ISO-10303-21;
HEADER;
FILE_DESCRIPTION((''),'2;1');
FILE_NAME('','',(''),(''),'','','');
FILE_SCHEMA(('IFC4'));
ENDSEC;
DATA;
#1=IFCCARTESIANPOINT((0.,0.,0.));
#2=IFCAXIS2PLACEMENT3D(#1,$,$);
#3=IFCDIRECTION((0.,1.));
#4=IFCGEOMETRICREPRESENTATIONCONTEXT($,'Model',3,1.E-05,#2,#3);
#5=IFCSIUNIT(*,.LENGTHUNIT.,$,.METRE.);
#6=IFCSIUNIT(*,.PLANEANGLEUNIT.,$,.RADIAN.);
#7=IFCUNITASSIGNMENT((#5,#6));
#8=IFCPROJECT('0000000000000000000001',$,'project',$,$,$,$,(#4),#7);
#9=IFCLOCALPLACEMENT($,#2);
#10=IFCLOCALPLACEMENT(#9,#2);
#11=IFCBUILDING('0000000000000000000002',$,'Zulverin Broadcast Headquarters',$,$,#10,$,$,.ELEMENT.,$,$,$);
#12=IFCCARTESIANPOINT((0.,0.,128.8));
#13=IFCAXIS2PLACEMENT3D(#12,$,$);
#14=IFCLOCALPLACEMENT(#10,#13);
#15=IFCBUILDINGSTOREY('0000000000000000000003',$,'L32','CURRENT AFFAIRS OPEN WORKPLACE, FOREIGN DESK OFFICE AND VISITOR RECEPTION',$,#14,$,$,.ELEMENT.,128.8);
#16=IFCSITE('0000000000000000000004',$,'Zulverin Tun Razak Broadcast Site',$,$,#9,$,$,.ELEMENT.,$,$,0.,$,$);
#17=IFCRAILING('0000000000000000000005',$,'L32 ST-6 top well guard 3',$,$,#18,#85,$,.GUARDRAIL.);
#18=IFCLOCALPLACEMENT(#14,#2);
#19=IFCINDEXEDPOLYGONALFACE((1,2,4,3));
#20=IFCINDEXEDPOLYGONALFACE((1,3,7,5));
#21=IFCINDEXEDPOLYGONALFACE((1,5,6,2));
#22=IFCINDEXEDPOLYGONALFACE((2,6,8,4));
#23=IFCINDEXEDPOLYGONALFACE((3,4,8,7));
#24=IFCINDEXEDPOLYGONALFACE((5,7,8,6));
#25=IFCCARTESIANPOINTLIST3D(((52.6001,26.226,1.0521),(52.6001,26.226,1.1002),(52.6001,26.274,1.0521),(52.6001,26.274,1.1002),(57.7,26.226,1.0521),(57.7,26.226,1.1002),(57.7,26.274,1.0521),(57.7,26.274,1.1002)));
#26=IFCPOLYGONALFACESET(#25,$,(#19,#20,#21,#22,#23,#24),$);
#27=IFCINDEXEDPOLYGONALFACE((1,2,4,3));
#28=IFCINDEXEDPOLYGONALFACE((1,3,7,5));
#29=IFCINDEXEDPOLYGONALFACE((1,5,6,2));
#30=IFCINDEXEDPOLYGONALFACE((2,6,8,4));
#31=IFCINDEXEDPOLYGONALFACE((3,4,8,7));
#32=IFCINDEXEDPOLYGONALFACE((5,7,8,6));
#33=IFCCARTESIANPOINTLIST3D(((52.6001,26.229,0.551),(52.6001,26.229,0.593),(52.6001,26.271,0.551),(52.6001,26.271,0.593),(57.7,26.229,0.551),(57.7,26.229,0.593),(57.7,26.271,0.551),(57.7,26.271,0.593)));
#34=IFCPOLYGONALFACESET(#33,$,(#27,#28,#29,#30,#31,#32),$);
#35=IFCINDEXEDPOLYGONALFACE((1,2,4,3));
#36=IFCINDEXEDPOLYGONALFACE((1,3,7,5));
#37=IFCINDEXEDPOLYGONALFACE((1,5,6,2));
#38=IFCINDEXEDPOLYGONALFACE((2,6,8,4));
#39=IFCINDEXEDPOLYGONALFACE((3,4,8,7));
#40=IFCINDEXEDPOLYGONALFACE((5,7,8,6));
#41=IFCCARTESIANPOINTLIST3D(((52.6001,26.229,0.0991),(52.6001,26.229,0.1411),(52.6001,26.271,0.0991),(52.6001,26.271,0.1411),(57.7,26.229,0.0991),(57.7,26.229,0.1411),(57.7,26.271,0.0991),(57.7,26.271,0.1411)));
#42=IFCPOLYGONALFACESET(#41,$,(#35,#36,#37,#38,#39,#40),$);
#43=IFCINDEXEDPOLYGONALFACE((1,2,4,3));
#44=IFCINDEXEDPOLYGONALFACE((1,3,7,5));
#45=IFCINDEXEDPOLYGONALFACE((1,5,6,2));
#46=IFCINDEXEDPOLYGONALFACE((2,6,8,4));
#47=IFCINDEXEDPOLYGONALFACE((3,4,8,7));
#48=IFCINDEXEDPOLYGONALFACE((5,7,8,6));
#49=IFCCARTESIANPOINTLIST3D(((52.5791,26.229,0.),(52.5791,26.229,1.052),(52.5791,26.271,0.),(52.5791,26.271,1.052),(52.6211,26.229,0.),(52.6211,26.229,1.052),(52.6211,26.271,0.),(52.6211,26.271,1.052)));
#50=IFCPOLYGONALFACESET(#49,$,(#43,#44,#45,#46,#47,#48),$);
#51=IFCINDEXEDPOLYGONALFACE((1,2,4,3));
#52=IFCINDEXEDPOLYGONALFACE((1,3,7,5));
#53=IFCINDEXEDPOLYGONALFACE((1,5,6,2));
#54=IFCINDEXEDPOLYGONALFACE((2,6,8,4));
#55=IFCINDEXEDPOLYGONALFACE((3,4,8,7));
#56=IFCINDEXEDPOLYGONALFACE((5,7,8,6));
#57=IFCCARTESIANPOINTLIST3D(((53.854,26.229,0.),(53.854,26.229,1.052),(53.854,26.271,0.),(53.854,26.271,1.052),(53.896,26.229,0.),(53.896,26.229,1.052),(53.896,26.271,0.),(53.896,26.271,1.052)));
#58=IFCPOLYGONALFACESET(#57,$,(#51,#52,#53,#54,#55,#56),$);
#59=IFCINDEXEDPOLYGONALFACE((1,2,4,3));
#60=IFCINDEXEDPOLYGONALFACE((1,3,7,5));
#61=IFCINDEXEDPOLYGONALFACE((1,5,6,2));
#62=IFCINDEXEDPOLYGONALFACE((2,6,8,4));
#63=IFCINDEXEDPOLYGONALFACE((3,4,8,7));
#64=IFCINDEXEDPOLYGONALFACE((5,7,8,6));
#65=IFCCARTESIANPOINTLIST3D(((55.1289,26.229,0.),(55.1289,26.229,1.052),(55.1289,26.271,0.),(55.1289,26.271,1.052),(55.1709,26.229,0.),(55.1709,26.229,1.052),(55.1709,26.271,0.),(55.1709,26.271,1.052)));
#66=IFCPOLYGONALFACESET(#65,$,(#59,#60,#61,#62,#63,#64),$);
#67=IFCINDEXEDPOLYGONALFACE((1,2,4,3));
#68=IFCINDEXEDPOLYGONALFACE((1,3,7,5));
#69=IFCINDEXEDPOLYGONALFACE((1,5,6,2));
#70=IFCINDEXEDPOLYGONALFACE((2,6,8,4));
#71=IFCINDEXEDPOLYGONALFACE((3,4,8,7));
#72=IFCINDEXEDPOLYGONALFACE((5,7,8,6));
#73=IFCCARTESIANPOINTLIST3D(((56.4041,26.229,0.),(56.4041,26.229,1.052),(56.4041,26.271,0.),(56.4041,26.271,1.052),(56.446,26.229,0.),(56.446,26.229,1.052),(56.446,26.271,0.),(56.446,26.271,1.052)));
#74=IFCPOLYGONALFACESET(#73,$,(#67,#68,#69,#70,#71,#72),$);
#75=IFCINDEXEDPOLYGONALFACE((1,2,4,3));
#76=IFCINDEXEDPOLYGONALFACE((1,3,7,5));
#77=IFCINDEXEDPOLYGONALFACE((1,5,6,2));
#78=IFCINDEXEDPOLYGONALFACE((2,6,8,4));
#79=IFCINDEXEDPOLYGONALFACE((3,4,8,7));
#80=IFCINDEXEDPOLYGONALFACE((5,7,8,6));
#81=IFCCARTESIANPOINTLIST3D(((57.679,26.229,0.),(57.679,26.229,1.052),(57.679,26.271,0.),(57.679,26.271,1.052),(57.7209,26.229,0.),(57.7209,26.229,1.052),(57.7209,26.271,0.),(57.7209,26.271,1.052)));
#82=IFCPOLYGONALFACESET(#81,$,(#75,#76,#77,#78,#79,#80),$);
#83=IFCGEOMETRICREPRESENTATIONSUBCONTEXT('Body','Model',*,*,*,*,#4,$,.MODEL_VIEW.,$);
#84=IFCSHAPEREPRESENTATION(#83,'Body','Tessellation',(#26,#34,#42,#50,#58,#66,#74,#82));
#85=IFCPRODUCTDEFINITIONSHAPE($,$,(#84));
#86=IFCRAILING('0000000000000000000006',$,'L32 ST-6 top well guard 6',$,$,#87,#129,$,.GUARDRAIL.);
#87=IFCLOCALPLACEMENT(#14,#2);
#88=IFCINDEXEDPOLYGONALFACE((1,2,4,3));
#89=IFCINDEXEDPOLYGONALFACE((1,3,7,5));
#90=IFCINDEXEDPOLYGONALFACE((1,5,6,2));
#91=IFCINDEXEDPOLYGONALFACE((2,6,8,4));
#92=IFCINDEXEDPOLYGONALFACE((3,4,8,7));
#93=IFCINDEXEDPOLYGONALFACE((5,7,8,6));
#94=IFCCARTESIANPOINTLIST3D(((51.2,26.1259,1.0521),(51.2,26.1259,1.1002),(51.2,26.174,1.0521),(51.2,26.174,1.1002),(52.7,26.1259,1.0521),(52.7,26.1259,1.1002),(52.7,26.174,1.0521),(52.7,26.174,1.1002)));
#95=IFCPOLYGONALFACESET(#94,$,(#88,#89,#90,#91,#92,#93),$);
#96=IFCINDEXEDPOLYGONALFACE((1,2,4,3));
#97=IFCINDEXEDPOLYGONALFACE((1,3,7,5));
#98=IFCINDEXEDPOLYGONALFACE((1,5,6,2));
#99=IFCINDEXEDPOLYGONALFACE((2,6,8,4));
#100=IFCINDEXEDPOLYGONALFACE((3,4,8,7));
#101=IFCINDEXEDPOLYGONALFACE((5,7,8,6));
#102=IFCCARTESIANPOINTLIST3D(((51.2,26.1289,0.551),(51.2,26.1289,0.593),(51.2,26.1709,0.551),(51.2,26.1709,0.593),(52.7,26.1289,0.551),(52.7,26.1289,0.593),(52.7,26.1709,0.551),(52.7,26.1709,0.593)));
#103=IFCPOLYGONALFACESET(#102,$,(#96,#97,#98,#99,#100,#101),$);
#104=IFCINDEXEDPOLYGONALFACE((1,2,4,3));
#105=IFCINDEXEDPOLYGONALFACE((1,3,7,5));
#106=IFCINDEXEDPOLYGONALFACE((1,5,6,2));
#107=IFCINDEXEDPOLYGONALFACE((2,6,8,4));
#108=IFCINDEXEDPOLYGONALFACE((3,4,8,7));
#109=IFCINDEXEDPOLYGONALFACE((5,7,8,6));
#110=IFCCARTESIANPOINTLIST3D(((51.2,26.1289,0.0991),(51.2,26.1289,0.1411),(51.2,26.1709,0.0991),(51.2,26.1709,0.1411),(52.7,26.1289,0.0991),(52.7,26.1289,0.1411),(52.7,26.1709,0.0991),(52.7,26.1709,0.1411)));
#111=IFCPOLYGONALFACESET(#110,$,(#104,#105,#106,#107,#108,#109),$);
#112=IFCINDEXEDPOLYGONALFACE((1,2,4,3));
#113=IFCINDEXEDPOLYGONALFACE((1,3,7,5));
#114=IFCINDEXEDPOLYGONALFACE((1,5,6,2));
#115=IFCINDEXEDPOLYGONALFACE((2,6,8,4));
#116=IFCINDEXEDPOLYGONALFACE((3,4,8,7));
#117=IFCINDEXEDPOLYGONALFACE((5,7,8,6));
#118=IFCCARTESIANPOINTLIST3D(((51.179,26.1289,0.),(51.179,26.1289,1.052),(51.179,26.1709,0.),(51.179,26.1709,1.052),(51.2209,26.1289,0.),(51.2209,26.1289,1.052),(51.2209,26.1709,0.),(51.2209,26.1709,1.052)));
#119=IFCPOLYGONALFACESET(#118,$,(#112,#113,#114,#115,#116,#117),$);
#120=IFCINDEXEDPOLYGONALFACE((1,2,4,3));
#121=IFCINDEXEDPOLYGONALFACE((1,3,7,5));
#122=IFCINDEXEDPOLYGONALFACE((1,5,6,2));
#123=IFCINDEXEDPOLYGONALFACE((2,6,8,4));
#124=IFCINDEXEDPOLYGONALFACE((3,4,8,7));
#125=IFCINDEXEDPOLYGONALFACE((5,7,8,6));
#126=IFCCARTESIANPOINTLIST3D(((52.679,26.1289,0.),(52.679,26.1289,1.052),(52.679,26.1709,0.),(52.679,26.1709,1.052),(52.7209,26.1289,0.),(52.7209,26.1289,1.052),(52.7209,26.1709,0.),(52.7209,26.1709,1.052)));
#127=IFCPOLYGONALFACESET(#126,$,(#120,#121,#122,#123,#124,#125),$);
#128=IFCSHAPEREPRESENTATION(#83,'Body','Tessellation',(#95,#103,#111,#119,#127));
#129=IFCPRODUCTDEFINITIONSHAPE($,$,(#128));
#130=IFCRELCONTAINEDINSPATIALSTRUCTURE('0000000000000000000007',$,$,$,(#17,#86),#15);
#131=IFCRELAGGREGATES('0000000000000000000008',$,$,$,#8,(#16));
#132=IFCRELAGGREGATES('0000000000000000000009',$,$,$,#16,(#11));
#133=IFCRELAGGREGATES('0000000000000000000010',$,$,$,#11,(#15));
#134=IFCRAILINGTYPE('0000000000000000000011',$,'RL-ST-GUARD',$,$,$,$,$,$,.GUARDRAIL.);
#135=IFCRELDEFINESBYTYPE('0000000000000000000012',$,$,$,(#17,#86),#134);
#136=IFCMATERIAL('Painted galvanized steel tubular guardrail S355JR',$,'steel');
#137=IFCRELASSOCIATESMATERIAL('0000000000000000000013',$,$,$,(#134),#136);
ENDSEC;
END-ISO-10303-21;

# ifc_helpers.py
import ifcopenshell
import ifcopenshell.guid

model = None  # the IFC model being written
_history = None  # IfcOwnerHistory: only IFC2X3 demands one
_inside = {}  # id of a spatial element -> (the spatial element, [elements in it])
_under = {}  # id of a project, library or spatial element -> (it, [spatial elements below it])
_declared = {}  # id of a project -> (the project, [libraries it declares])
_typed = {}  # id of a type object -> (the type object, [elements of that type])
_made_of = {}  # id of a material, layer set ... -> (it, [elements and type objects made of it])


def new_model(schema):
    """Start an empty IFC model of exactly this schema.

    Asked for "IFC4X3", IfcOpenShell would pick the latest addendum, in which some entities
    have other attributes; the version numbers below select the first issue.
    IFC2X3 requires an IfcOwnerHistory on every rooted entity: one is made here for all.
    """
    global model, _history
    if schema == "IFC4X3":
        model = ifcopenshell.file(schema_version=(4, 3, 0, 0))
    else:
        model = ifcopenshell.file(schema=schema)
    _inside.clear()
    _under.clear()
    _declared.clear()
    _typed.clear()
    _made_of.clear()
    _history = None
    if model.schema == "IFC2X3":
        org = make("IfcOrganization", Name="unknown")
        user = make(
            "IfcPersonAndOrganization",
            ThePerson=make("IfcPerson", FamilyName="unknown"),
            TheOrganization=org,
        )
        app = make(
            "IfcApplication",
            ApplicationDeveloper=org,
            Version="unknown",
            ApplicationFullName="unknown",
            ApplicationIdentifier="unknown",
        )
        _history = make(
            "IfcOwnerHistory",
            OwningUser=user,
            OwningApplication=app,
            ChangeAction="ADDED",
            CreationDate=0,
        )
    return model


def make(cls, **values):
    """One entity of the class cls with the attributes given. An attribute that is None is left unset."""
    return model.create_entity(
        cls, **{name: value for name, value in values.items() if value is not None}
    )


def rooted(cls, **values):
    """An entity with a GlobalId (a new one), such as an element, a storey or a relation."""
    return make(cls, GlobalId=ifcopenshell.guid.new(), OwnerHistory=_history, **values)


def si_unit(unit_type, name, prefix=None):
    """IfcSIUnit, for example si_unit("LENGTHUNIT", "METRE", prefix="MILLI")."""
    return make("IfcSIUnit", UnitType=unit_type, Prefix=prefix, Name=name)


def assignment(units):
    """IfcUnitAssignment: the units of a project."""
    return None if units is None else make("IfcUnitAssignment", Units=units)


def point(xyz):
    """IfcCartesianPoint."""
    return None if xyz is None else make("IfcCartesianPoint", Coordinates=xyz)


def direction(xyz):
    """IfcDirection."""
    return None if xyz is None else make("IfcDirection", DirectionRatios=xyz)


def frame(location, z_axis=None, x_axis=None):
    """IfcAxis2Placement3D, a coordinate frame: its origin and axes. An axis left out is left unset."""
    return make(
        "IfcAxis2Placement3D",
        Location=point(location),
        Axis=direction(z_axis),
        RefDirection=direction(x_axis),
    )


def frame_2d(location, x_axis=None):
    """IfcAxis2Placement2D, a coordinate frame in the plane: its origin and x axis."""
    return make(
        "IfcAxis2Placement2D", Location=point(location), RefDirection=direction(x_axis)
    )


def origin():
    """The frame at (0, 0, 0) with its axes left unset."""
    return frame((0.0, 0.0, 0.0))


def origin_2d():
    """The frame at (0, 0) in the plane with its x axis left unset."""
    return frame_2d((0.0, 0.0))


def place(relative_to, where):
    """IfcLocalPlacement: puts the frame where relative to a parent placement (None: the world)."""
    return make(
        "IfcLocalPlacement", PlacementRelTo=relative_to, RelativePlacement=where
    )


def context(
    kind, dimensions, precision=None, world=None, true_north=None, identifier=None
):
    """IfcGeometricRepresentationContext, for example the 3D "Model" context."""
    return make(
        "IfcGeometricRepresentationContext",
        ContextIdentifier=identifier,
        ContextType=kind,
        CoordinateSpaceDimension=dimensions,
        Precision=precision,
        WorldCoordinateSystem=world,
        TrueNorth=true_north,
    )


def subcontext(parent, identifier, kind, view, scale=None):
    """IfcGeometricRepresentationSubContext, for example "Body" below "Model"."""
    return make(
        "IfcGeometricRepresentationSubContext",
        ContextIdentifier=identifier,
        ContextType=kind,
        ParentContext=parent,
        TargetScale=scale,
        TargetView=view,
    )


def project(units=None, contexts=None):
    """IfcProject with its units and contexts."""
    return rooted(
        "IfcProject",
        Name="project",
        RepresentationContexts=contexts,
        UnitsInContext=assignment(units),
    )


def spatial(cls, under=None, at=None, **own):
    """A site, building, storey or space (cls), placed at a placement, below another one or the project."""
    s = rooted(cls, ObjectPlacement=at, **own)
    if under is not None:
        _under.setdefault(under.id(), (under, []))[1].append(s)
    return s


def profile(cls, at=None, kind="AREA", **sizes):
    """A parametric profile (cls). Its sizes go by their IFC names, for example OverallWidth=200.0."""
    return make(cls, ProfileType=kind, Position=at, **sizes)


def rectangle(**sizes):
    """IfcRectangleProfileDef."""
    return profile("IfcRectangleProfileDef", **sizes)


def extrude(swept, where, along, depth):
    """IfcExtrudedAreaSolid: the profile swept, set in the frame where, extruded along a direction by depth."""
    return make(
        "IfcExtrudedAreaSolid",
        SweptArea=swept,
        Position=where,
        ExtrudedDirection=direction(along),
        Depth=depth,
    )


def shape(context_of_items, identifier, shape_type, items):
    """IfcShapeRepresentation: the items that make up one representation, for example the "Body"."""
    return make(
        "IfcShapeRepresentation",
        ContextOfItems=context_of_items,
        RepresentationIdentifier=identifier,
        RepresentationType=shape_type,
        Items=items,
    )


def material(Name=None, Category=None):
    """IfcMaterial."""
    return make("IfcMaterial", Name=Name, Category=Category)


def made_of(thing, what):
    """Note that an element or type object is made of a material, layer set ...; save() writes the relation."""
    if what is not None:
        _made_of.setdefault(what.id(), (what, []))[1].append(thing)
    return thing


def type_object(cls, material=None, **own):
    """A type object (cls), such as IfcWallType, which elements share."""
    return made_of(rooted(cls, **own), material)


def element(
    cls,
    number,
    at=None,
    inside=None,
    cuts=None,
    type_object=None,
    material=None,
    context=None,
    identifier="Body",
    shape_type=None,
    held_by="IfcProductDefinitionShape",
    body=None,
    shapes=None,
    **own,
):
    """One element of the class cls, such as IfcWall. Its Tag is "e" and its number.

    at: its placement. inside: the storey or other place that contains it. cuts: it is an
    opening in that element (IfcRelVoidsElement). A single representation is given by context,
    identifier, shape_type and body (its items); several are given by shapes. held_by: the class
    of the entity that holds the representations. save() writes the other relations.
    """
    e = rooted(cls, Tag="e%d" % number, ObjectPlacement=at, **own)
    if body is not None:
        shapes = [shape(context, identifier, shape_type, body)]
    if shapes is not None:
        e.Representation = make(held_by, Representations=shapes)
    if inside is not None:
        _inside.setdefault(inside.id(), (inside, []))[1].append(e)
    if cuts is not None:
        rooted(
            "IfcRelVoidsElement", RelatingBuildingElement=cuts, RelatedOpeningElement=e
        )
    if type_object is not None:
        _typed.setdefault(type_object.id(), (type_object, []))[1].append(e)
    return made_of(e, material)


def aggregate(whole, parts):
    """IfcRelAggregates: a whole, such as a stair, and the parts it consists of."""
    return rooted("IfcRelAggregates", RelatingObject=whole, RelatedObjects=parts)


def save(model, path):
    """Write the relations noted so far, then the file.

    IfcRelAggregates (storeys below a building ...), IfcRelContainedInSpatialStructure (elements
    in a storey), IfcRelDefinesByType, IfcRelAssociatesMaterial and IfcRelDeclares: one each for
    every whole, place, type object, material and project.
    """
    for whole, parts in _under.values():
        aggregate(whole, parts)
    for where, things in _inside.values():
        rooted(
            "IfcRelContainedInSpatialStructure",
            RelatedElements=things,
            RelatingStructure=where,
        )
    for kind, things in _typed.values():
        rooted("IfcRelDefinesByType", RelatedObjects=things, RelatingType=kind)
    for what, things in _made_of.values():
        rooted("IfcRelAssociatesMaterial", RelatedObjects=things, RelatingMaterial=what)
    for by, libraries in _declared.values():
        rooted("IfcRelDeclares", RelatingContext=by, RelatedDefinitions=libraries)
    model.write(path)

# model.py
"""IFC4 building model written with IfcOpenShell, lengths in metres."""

from ifc_helpers import new_model, si_unit, direction, frame, origin, origin_2d, place, context, subcontext, project, spatial, rectangle, extrude, material, type_object, element, save


model = new_model("IFC4")

# Units and contexts
model_context = context("Model", 3, precision=1e-05, world=origin(), true_north=direction((0.0, 1.0)))
body_context = subcontext(model_context, "Body", "Model", "MODEL_VIEW")
ifc_project = project(units=[si_unit("LENGTHUNIT", "METRE"), si_unit("PLANEANGLEUNIT", "RADIAN")], contexts=[model_context])

# Site, building, storey
site_placement = place(None, origin())
site = spatial("IfcSite", under=ifc_project, at=site_placement, Name="Zulverin Tun Razak Broadcast Site", CompositionType="ELEMENT", RefElevation=0.0)
building_placement = place(site_placement, origin())
building = spatial("IfcBuilding", under=site, at=building_placement, Name="Zulverin Broadcast Headquarters", CompositionType="ELEMENT")
storey_placement = place(building_placement, frame((0.0, 0.0, 128.8)))
storey = spatial("IfcBuildingStorey", under=building, at=storey_placement, Name="L32", Description="CURRENT AFFAIRS OPEN WORKPLACE, FOREIGN DESK OFFICE AND VISITOR RECEPTION", CompositionType="ELEMENT", Elevation=128.8)

# Railings
ifc_material_1 = material(Name="Painted galvanized steel tubular guardrail S355JR", Category="steel")
railing_type = type_object("IfcRailingType", Name="RL-ST-GUARD", PredefinedType="GUARDRAIL", material=ifc_material_1)
railing_1_placement = place(storey_placement, frame((52.6001, 26.25, 0.0)))
element("IfcRailing", 1, at=railing_1_placement, inside=storey, type_object=railing_type, Name="L32 ST-6 top well guard 3", PredefinedType="GUARDRAIL", context=body_context, shape_type="SweptSolid", body=[
    extrude(rectangle(XDim=0.0481, YDim=0.0481, at=origin_2d()), frame((0.0, 0.0, 1.0762), z_axis=(1.0, 0.0, 0.0), x_axis=(0.0, 1.0, 0.0)), (0.0, 0.0, 1.0), 5.0999),
    extrude(rectangle(XDim=0.042, YDim=0.042, at=origin_2d()), frame((0.0, 0.0, 0.572), z_axis=(1.0, 0.0, 0.0), x_axis=(0.0, 1.0, 0.0)), (0.0, 0.0, 1.0), 5.0999),
    extrude(rectangle(XDim=0.042, YDim=0.042, at=origin_2d()), frame((0.0, 0.0, 0.1201), z_axis=(1.0, 0.0, 0.0), x_axis=(0.0, 1.0, 0.0)), (0.0, 0.0, 1.0), 5.0999),
    extrude(rectangle(XDim=0.042, YDim=0.042, at=origin_2d()), origin(), (0.0, 0.0, 1.0), 1.052),
    extrude(rectangle(XDim=0.042, YDim=0.042, at=origin_2d()), frame((1.2749, 0.0, 0.0)), (0.0, 0.0, 1.0), 1.052),
    extrude(rectangle(XDim=0.042, YDim=0.042, at=origin_2d()), frame((2.5498, 0.0, 0.0)), (0.0, 0.0, 1.0), 1.052),
    extrude(rectangle(XDim=0.042, YDim=0.042, at=origin_2d()), frame((3.825, 0.0, 0.0)), (0.0, 0.0, 1.0), 1.052),
    extrude(rectangle(XDim=0.042, YDim=0.042, at=origin_2d()), frame((5.0999, 0.0, 0.0)), (0.0, 0.0, 1.0), 1.052),
])
railing_2_placement = place(storey_placement, frame((51.2, 26.1499, 0.0)))
element("IfcRailing", 2, at=railing_2_placement, inside=storey, type_object=railing_type, Name="L32 ST-6 top well guard 6", PredefinedType="GUARDRAIL", context=body_context, shape_type="SweptSolid", body=[
    extrude(rectangle(XDim=0.0481, YDim=0.0481, at=origin_2d()), frame((0.0, 0.0, 1.0762), z_axis=(1.0, 0.0, 0.0), x_axis=(0.0, 1.0, 0.0)), (0.0, 0.0, 1.0), 1.5),
    extrude(rectangle(XDim=0.042, YDim=0.042, at=origin_2d()), frame((0.0, 0.0, 0.572), z_axis=(1.0, 0.0, 0.0), x_axis=(0.0, 1.0, 0.0)), (0.0, 0.0, 1.0), 1.5),
    extrude(rectangle(XDim=0.042, YDim=0.042, at=origin_2d()), frame((0.0, 0.0, 0.1201), z_axis=(1.0, 0.0, 0.0), x_axis=(0.0, 1.0, 0.0)), (0.0, 0.0, 1.0), 1.5),
    extrude(rectangle(XDim=0.042, YDim=0.042, at=origin_2d()), origin(), (0.0, 0.0, 1.0), 1.052),
    extrude(rectangle(XDim=0.042, YDim=0.042, at=origin_2d()), frame((1.5, 0.0, 0.0)), (0.0, 0.0, 1.0), 1.052),
])

save(model, "model.ifc")
